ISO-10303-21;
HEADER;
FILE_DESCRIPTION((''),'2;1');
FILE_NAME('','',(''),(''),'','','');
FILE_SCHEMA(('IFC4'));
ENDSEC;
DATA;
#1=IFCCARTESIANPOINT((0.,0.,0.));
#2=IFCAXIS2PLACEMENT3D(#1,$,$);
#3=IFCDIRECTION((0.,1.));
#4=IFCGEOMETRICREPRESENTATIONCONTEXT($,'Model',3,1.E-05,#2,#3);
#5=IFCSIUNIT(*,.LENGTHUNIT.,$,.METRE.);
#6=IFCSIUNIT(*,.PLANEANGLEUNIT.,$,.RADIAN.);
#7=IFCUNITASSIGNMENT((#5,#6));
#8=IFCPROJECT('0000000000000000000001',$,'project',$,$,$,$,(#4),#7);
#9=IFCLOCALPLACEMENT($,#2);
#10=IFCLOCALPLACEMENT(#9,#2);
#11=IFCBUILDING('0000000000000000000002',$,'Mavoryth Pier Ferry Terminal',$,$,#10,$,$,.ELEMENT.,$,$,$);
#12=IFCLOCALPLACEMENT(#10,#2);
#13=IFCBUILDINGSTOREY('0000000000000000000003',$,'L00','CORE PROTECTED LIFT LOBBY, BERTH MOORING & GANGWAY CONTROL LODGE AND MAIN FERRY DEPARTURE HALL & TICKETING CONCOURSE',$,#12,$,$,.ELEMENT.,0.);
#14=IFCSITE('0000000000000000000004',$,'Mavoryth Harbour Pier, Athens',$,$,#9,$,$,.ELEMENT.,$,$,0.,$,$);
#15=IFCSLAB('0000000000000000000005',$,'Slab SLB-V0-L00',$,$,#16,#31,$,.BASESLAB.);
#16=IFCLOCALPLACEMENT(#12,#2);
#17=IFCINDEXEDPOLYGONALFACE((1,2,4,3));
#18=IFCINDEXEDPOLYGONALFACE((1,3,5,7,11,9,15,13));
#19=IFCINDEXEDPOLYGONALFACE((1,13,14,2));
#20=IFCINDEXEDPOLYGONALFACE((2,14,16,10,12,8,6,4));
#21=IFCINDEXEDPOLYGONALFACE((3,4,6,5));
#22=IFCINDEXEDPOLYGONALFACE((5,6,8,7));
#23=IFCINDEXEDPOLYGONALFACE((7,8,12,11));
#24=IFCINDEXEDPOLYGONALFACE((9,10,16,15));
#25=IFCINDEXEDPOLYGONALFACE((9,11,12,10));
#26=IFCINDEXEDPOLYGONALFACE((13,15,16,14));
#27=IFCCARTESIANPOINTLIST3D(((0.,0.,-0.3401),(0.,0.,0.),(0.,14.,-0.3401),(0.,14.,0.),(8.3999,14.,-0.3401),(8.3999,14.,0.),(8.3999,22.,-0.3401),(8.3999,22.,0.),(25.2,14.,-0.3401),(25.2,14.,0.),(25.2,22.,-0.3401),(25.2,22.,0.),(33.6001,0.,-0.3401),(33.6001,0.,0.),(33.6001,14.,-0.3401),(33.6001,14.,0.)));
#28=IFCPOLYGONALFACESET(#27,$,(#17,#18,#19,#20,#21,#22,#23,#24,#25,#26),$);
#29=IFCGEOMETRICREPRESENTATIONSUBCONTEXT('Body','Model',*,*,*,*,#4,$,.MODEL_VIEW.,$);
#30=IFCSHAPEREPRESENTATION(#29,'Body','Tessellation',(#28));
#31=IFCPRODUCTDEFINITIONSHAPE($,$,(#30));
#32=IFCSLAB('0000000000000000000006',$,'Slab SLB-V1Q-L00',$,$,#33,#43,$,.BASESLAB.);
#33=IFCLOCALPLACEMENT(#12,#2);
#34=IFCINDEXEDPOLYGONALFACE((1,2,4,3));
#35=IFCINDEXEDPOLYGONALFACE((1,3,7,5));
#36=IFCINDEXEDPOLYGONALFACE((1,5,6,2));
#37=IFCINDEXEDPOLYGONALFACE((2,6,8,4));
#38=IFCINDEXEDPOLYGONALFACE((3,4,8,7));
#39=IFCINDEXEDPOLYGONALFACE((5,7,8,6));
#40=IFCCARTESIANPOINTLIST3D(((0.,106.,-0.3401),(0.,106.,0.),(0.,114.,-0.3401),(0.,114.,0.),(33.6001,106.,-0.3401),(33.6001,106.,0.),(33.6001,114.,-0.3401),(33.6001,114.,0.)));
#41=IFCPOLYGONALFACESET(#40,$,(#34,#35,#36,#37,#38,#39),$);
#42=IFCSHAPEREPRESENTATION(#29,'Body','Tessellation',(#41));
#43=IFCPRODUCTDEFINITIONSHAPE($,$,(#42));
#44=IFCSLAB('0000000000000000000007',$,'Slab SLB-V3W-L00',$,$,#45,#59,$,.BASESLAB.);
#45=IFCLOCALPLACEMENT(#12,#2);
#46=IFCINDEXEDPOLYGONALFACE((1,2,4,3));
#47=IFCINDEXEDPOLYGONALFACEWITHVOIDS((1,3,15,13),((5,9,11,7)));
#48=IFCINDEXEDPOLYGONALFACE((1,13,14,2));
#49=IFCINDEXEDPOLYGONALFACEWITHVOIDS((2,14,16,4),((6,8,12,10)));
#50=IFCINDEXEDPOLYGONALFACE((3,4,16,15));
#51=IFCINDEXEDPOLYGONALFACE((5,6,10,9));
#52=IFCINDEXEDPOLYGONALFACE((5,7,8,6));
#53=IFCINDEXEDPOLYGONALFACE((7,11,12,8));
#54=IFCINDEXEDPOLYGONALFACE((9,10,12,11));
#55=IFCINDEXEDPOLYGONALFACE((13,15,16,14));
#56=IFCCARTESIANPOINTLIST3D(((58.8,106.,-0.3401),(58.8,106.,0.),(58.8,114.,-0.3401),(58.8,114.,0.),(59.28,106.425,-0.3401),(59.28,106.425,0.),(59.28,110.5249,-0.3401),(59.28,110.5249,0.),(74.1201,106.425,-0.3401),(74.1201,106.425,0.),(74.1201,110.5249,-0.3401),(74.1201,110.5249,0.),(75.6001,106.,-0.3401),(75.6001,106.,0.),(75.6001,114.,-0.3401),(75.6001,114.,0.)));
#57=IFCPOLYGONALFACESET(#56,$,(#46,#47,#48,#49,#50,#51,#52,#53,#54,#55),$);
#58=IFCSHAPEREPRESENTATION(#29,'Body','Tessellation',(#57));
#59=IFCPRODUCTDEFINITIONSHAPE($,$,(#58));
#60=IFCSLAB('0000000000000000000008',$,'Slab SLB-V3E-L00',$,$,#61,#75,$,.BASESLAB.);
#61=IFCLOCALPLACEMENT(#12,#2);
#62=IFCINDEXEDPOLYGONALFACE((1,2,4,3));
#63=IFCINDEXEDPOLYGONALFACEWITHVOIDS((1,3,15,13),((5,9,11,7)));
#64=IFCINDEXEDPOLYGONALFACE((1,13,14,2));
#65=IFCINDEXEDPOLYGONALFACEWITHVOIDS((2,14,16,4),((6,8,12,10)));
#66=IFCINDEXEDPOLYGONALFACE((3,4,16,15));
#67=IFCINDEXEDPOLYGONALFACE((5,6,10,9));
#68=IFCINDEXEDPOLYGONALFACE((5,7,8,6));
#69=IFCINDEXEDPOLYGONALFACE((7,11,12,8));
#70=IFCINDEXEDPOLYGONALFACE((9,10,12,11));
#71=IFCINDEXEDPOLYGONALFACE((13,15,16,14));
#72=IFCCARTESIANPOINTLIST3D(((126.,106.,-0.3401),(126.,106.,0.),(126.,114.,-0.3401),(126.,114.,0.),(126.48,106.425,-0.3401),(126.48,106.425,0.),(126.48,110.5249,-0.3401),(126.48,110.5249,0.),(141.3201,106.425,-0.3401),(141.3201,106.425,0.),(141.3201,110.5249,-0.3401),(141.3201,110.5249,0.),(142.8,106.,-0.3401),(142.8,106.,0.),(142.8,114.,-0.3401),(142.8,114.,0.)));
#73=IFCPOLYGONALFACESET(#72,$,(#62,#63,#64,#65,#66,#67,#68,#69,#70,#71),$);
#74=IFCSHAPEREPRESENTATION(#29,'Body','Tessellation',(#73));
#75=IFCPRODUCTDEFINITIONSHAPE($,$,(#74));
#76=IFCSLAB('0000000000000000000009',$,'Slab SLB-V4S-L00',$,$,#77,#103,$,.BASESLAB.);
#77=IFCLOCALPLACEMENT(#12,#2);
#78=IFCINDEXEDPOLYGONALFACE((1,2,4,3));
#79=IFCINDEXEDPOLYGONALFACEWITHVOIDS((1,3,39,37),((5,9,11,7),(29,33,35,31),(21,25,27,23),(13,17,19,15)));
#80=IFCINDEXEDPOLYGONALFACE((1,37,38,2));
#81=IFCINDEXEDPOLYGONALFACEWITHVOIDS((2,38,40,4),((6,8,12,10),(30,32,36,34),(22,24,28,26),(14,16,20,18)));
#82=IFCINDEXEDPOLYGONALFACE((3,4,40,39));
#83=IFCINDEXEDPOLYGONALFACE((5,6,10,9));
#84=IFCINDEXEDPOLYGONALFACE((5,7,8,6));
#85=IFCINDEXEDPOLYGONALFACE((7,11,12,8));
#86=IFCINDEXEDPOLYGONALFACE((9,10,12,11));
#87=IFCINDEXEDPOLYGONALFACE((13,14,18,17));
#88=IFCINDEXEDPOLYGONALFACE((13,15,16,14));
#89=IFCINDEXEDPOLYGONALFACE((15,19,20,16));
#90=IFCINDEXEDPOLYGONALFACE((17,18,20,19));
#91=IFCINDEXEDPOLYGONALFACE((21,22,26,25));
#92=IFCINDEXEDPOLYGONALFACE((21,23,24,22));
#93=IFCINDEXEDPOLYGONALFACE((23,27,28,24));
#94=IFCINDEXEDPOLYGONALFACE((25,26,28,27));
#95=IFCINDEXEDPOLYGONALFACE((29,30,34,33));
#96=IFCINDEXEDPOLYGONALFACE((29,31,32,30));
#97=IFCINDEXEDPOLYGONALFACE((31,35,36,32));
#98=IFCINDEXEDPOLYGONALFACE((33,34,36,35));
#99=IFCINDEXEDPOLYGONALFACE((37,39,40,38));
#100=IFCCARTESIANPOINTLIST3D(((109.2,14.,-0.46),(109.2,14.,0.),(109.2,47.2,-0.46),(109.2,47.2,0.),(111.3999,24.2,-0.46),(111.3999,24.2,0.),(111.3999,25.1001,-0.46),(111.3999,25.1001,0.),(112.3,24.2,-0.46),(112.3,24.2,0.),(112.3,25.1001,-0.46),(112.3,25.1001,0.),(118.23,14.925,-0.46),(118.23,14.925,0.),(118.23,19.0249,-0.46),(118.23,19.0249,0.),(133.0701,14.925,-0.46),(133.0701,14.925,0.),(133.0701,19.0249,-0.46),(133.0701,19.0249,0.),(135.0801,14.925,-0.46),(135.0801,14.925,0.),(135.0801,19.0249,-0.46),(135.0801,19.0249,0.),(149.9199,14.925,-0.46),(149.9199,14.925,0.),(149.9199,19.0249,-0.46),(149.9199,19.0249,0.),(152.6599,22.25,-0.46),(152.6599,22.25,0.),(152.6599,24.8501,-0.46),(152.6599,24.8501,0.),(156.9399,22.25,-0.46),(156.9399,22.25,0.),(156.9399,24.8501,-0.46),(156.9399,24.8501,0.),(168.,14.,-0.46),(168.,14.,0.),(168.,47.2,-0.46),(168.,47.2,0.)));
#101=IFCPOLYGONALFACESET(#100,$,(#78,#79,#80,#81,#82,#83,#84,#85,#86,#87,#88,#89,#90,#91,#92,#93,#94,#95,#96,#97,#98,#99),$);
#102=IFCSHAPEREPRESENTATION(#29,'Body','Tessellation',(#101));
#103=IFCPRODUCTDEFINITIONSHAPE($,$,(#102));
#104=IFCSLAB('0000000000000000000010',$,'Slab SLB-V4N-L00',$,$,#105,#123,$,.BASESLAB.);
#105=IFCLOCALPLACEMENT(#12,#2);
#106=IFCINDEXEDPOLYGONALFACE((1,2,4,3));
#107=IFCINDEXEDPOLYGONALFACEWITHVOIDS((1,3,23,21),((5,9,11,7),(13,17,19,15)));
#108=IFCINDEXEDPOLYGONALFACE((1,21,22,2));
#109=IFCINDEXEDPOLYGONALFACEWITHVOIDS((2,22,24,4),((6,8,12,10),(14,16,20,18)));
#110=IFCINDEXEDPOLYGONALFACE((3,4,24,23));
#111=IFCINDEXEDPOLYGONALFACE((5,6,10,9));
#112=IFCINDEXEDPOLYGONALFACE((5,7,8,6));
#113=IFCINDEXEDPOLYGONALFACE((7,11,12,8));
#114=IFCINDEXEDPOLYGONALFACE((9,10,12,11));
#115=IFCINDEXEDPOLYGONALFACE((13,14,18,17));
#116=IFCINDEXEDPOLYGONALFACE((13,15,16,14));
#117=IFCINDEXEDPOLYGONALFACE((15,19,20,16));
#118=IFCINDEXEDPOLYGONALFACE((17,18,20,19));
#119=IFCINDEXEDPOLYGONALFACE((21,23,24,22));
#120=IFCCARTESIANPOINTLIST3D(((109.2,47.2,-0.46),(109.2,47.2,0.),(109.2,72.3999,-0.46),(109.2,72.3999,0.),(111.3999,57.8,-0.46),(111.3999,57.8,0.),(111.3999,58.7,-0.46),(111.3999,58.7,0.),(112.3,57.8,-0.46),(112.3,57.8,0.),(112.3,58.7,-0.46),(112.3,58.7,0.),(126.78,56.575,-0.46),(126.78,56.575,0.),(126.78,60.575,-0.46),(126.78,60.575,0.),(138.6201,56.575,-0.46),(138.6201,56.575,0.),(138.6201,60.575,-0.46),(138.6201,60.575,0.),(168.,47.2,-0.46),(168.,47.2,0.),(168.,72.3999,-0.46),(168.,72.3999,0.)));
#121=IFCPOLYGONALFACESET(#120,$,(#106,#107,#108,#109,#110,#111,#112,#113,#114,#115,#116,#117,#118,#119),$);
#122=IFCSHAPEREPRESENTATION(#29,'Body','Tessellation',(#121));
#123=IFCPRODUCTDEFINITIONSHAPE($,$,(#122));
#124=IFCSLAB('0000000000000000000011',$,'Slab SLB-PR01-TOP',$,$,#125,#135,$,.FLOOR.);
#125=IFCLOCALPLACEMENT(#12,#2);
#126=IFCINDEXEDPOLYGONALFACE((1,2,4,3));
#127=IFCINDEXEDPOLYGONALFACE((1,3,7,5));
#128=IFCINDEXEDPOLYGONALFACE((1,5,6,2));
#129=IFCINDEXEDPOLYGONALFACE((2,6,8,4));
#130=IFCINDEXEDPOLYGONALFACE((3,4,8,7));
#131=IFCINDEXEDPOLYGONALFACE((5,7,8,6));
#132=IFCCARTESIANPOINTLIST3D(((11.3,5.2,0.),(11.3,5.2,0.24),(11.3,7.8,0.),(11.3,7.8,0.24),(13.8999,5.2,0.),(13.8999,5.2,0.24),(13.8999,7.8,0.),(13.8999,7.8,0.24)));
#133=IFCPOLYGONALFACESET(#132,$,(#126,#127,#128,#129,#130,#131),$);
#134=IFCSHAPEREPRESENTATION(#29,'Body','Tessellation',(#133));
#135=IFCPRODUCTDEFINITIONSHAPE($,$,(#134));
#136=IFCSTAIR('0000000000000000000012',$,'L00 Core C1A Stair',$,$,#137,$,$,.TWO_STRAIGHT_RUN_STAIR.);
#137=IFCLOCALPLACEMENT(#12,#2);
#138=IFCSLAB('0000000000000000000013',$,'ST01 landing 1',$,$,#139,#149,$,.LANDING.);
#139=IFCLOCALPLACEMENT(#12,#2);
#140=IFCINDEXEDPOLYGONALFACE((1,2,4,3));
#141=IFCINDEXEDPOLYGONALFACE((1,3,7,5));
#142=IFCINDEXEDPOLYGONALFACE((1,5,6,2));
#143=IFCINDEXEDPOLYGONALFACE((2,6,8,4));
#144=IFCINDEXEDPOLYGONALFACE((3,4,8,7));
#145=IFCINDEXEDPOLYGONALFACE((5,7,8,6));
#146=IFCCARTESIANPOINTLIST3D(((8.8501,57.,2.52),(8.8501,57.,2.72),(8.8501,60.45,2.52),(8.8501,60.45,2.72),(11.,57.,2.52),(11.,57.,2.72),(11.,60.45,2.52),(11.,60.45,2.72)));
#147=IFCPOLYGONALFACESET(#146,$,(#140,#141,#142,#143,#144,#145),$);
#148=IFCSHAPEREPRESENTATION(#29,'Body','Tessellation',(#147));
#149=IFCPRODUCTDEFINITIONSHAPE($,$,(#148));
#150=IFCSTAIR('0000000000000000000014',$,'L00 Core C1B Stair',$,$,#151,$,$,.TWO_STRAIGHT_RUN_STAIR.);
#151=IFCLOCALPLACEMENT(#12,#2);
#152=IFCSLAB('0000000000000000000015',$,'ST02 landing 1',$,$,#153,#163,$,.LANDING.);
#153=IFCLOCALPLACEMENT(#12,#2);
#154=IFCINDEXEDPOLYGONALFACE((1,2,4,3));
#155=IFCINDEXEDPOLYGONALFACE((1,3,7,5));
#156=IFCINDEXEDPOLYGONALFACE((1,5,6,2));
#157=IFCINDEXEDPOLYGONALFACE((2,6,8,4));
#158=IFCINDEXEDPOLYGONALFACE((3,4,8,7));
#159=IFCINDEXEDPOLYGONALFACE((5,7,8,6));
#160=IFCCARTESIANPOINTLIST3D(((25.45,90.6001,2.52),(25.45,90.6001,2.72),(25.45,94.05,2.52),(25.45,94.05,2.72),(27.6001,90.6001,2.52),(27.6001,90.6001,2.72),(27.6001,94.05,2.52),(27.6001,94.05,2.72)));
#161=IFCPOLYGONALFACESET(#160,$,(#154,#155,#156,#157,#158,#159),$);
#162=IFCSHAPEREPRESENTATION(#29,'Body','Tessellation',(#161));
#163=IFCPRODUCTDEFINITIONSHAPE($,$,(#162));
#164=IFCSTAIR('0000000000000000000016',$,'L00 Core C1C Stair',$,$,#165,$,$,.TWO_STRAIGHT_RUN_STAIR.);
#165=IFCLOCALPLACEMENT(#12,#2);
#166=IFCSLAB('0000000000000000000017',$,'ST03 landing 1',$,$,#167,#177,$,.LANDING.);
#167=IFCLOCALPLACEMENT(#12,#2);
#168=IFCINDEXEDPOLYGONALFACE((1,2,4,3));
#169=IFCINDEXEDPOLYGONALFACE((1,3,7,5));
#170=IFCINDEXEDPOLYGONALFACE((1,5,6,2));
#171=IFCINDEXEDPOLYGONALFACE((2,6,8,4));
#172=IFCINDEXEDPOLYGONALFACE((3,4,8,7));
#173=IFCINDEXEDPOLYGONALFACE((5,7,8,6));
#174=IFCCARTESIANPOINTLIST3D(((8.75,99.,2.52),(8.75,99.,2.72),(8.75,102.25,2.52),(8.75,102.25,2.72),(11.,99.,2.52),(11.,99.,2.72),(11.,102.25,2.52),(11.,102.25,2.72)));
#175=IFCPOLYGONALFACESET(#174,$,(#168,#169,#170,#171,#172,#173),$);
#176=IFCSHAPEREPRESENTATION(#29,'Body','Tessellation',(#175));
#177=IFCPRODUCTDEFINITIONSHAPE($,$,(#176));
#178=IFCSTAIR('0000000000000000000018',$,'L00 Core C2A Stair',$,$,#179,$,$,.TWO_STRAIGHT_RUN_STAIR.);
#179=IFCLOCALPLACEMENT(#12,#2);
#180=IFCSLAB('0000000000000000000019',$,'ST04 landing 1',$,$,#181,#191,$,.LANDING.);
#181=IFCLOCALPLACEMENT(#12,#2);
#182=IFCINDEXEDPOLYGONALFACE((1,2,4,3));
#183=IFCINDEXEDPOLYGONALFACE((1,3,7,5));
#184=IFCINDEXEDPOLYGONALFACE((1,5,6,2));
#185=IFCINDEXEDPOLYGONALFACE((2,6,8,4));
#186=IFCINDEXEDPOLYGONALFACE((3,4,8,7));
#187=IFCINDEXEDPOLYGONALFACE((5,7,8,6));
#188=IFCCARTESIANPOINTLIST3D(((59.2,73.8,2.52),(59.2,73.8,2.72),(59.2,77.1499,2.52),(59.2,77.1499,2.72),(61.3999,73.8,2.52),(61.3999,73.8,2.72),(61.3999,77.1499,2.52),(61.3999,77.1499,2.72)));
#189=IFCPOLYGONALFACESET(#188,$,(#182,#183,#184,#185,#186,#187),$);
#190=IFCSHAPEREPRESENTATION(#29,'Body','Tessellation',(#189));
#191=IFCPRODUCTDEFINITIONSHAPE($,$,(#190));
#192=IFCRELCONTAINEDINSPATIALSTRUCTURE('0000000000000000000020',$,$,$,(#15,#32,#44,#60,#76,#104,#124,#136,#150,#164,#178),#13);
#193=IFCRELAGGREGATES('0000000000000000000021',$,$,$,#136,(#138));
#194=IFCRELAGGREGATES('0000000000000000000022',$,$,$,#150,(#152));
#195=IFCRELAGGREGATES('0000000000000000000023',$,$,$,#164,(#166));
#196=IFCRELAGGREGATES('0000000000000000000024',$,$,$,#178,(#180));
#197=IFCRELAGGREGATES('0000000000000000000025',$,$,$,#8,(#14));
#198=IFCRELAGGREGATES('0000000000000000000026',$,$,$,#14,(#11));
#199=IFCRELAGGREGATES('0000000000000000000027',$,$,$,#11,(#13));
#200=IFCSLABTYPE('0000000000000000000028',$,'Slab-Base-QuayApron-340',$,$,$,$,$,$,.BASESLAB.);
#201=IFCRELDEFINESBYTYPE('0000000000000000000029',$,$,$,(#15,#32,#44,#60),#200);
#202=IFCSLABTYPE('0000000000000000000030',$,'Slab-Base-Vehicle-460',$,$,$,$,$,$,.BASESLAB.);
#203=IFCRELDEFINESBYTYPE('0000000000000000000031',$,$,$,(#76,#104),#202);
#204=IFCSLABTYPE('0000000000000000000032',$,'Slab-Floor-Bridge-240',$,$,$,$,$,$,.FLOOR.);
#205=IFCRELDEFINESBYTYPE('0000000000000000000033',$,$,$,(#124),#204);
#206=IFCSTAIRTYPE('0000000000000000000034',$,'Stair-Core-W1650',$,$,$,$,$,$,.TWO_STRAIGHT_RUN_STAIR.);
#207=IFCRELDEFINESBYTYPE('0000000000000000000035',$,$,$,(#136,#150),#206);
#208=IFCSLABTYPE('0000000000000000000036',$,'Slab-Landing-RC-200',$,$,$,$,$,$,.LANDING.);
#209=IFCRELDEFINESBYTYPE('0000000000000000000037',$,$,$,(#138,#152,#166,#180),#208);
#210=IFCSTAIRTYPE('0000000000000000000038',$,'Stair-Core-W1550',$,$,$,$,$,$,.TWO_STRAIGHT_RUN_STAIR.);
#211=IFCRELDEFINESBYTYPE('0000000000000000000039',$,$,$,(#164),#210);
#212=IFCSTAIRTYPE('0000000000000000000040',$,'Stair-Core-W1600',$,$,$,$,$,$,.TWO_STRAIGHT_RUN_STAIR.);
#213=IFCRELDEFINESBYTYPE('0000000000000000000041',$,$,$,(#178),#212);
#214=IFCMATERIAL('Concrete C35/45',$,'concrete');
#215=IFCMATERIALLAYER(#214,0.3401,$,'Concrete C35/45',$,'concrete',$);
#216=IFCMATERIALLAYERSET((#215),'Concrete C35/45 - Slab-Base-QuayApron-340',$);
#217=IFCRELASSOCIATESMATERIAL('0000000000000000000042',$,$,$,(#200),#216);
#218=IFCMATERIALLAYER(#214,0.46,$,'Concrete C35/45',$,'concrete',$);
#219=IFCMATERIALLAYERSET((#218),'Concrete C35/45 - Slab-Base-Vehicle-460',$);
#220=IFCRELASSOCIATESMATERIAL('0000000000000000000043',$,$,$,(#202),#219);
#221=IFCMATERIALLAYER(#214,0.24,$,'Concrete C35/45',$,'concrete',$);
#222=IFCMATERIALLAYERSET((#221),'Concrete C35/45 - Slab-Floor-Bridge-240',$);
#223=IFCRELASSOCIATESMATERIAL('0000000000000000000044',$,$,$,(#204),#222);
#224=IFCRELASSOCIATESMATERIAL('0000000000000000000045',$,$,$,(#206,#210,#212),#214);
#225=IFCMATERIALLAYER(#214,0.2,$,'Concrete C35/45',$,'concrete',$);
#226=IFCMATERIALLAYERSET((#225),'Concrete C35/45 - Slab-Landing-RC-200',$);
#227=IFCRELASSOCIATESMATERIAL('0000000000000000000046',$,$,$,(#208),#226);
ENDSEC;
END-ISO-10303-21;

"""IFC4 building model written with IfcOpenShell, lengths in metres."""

from ifc_helpers import new_model, si_unit, direction, frame, origin, place, context, subcontext, project, spatial, polyline, outline, extrude, material, layer, layer_set, type_object, element, aggregate, save


model = new_model("IFC4")

# Units and contexts
model_context = context("Model", 3, precision=1e-05, world=origin(), true_north=direction((0.0, 1.0)))
body_context = subcontext(model_context, "Body", "Model", "MODEL_VIEW")
ifc_project = project(units=[si_unit("LENGTHUNIT", "METRE"), si_unit("PLANEANGLEUNIT", "RADIAN")], contexts=[model_context])

# Site, building, storey
site_placement = place(None, origin())
site = spatial("IfcSite", under=ifc_project, at=site_placement, Name="Mavoryth Harbour Pier, Athens", CompositionType="ELEMENT", RefElevation=0.0)
building_placement = place(site_placement, origin())
building = spatial("IfcBuilding", under=site, at=building_placement, Name="Mavoryth Pier Ferry Terminal", CompositionType="ELEMENT")
storey_placement = place(building_placement, origin())
storey = spatial("IfcBuildingStorey", under=building, at=storey_placement, Name="L00", Description="CORE PROTECTED LIFT LOBBY, BERTH MOORING & GANGWAY CONTROL LODGE AND MAIN FERRY DEPARTURE HALL & TICKETING CONCOURSE", CompositionType="ELEMENT", Elevation=0.0)

# Shared definitions
ifc_material_1 = material(Name="Concrete C35/45", Category="concrete")

# Slabs
ifc_layer_1 = layer(ifc_material_1, 0.3401, Name="Concrete C35/45", Category="concrete")
ifc_layer_set_1 = layer_set([ifc_layer_1], Name="Concrete C35/45 - Slab-Base-QuayApron-340")
slab_type_1 = type_object("IfcSlabType", Name="Slab-Base-QuayApron-340", PredefinedType="BASESLAB", material=ifc_layer_set_1)
slab_1_placement = place(storey_placement, frame((0.0, 0.0, -0.3401)))
element("IfcSlab", 1, at=slab_1_placement, inside=storey, type_object=slab_type_1, Name="Slab SLB-V0-L00", PredefinedType="BASESLAB", context=body_context, shape_type="SweptSolid", body=[
    extrude(outline(polyline([(0.0, 0.0), (33.6001, 0.0), (33.6001, 14.0), (25.2, 14.0), (25.2, 22.0), (8.3999, 22.0), (8.3999, 14.0), (0.0, 14.0), (0.0, 0.0)])), origin(), (0.0, 0.0, 1.0), 0.3401),
])
slab_2_placement = place(storey_placement, frame((0.0, 0.0, -0.3401)))
element("IfcSlab", 2, at=slab_2_placement, inside=storey, type_object=slab_type_1, Name="Slab SLB-V1Q-L00", PredefinedType="BASESLAB", context=body_context, shape_type="SweptSolid", body=[
    extrude(outline(polyline([(0.0, 106.0), (33.6001, 106.0), (33.6001, 114.0), (0.0, 114.0), (0.0, 106.0)])), origin(), (0.0, 0.0, 1.0), 0.3401),
])
slab_3_placement = place(storey_placement, frame((0.0, 0.0, -0.3401)))
element("IfcSlab", 3, at=slab_3_placement, inside=storey, type_object=slab_type_1, Name="Slab SLB-V3W-L00", PredefinedType="BASESLAB", context=body_context, shape_type="SweptSolid", body=[
    extrude(outline(polyline([(58.8, 106.0), (75.6001, 106.0), (75.6001, 114.0), (58.8, 114.0), (58.8, 106.0)]), holes=[polyline([(59.28, 106.425), (74.1201, 106.425), (74.1201, 110.5249), (59.28, 110.5249), (59.28, 106.425)])]), origin(), (0.0, 0.0, 1.0), 0.3401),
])
slab_4_placement = place(storey_placement, frame((0.0, 0.0, -0.3401)))
element("IfcSlab", 4, at=slab_4_placement, inside=storey, type_object=slab_type_1, Name="Slab SLB-V3E-L00", PredefinedType="BASESLAB", context=body_context, shape_type="SweptSolid", body=[
    extrude(outline(polyline([(126.0, 106.0), (142.8, 106.0), (142.8, 114.0), (126.0, 114.0), (126.0, 106.0)]), holes=[polyline([(126.48, 106.425), (141.3201, 106.425), (141.3201, 110.5249), (126.48, 110.5249), (126.48, 106.425)])]), origin(), (0.0, 0.0, 1.0), 0.3401),
])
ifc_layer_2 = layer(ifc_material_1, 0.46, Name="Concrete C35/45", Category="concrete")
ifc_layer_set_2 = layer_set([ifc_layer_2], Name="Concrete C35/45 - Slab-Base-Vehicle-460")
slab_type_2 = type_object("IfcSlabType", Name="Slab-Base-Vehicle-460", PredefinedType="BASESLAB", material=ifc_layer_set_2)
slab_5_placement = place(storey_placement, frame((0.0, 0.0, -0.46)))
element("IfcSlab", 5, at=slab_5_placement, inside=storey, type_object=slab_type_2, Name="Slab SLB-V4S-L00", PredefinedType="BASESLAB", context=body_context, shape_type="SweptSolid", body=[
    extrude(outline(polyline([(109.2, 14.0), (168.0, 14.0), (168.0, 47.2), (109.2, 47.2), (109.2, 14.0)]), holes=[polyline([(152.6599, 22.25), (156.9399, 22.25), (156.9399, 24.8501), (152.6599, 24.8501), (152.6599, 22.25)]), polyline([(111.3999, 24.2), (112.3, 24.2), (112.3, 25.1001), (111.3999, 25.1001), (111.3999, 24.2)]), polyline([(118.23, 14.925), (133.0701, 14.925), (133.0701, 19.0249), (118.23, 19.0249), (118.23, 14.925)]), polyline([(135.0801, 14.925), (149.9199, 14.925), (149.9199, 19.0249), (135.0801, 19.0249), (135.0801, 14.925)])]), origin(), (0.0, 0.0, 1.0), 0.46),
])
slab_6_placement = place(storey_placement, frame((0.0, 0.0, -0.46)))
element("IfcSlab", 6, at=slab_6_placement, inside=storey, type_object=slab_type_2, Name="Slab SLB-V4N-L00", PredefinedType="BASESLAB", context=body_context, shape_type="SweptSolid", body=[
    extrude(outline(polyline([(109.2, 47.2), (168.0, 47.2), (168.0, 72.3999), (109.2, 72.3999), (109.2, 47.2)]), holes=[polyline([(111.3999, 57.8), (112.3, 57.8), (112.3, 58.7), (111.3999, 58.7), (111.3999, 57.8)]), polyline([(126.78, 56.575), (138.6201, 56.575), (138.6201, 60.575), (126.78, 60.575), (126.78, 56.575)])]), origin(), (0.0, 0.0, 1.0), 0.46),
])
ifc_layer_3 = layer(ifc_material_1, 0.24, Name="Concrete C35/45", Category="concrete")
ifc_layer_set_3 = layer_set([ifc_layer_3], Name="Concrete C35/45 - Slab-Floor-Bridge-240")
slab_type_3 = type_object("IfcSlabType", Name="Slab-Floor-Bridge-240", PredefinedType="FLOOR", material=ifc_layer_set_3)
slab_7_placement = place(storey_placement, origin())
element("IfcSlab", 7, at=slab_7_placement, inside=storey, type_object=slab_type_3, Name="Slab SLB-PR01-TOP", PredefinedType="FLOOR", context=body_context, shape_type="SweptSolid", body=[
    extrude(outline(polyline([(11.3, 5.2), (13.8999, 5.2), (13.8999, 7.8), (11.3, 7.8), (11.3, 5.2)])), origin(), (0.0, 0.0, 1.0), 0.24),
])

# Stairs, slabs
stair_type_1 = type_object("IfcStairType", Name="Stair-Core-W1650", PredefinedType="TWO_STRAIGHT_RUN_STAIR", material=ifc_material_1)
stair_1_placement = place(storey_placement, origin())
stair_1 = element("IfcStair", 8, at=stair_1_placement, inside=storey, type_object=stair_type_1, Name="L00 Core C1A Stair", PredefinedType="TWO_STRAIGHT_RUN_STAIR")
ifc_layer_4 = layer(ifc_material_1, 0.2, Name="Concrete C35/45", Category="concrete")
ifc_layer_set_4 = layer_set([ifc_layer_4], Name="Concrete C35/45 - Slab-Landing-RC-200")
slab_type_4 = type_object("IfcSlabType", Name="Slab-Landing-RC-200", PredefinedType="LANDING", material=ifc_layer_set_4)
slab_8_placement = place(storey_placement, frame((0.0, 0.0, 2.52)))
slab_8 = element("IfcSlab", 9, at=slab_8_placement, type_object=slab_type_4, Name="ST01 landing 1", PredefinedType="LANDING", context=body_context, shape_type="SweptSolid", body=[
    extrude(outline(polyline([(8.8501, 57.0), (11.0, 57.0), (11.0, 60.45), (8.8501, 60.45), (8.8501, 57.0)])), origin(), (0.0, 0.0, 1.0), 0.2),
])
aggregate(stair_1, [slab_8])
stair_2_placement = place(storey_placement, origin())
stair_2 = element("IfcStair", 10, at=stair_2_placement, inside=storey, type_object=stair_type_1, Name="L00 Core C1B Stair", PredefinedType="TWO_STRAIGHT_RUN_STAIR")
slab_9_placement = place(storey_placement, frame((0.0, 0.0, 2.52)))
slab_9 = element("IfcSlab", 11, at=slab_9_placement, type_object=slab_type_4, Name="ST02 landing 1", PredefinedType="LANDING", context=body_context, shape_type="SweptSolid", body=[
    extrude(outline(polyline([(25.45, 90.6001), (27.6001, 90.6001), (27.6001, 94.05), (25.45, 94.05), (25.45, 90.6001)])), origin(), (0.0, 0.0, 1.0), 0.2),
])
aggregate(stair_2, [slab_9])
stair_type_2 = type_object("IfcStairType", Name="Stair-Core-W1550", PredefinedType="TWO_STRAIGHT_RUN_STAIR", material=ifc_material_1)
stair_3_placement = place(storey_placement, origin())
stair_3 = element("IfcStair", 12, at=stair_3_placement, inside=storey, type_object=stair_type_2, Name="L00 Core C1C Stair", PredefinedType="TWO_STRAIGHT_RUN_STAIR")
slab_10_placement = place(storey_placement, frame((0.0, 0.0, 2.52)))
slab_10 = element("IfcSlab", 13, at=slab_10_placement, type_object=slab_type_4, Name="ST03 landing 1", PredefinedType="LANDING", context=body_context, shape_type="SweptSolid", body=[
    extrude(outline(polyline([(8.75, 99.0), (11.0, 99.0), (11.0, 102.25), (8.75, 102.25), (8.75, 99.0)])), origin(), (0.0, 0.0, 1.0), 0.2),
])
aggregate(stair_3, [slab_10])
stair_type_3 = type_object("IfcStairType", Name="Stair-Core-W1600", PredefinedType="TWO_STRAIGHT_RUN_STAIR", material=ifc_material_1)
stair_4_placement = place(storey_placement, origin())
stair_4 = element("IfcStair", 14, at=stair_4_placement, inside=storey, type_object=stair_type_3, Name="L00 Core C2A Stair", PredefinedType="TWO_STRAIGHT_RUN_STAIR")
slab_11_placement = place(storey_placement, frame((0.0, 0.0, 2.52)))
slab_11 = element("IfcSlab", 15, at=slab_11_placement, type_object=slab_type_4, Name="ST04 landing 1", PredefinedType="LANDING", context=body_context, shape_type="SweptSolid", body=[
    extrude(outline(polyline([(59.2, 73.8), (61.3999, 73.8), (61.3999, 77.1499), (59.2, 77.1499), (59.2, 73.8)])), origin(), (0.0, 0.0, 1.0), 0.2),
])
aggregate(stair_4, [slab_11])

save(model, "model.ifc")
